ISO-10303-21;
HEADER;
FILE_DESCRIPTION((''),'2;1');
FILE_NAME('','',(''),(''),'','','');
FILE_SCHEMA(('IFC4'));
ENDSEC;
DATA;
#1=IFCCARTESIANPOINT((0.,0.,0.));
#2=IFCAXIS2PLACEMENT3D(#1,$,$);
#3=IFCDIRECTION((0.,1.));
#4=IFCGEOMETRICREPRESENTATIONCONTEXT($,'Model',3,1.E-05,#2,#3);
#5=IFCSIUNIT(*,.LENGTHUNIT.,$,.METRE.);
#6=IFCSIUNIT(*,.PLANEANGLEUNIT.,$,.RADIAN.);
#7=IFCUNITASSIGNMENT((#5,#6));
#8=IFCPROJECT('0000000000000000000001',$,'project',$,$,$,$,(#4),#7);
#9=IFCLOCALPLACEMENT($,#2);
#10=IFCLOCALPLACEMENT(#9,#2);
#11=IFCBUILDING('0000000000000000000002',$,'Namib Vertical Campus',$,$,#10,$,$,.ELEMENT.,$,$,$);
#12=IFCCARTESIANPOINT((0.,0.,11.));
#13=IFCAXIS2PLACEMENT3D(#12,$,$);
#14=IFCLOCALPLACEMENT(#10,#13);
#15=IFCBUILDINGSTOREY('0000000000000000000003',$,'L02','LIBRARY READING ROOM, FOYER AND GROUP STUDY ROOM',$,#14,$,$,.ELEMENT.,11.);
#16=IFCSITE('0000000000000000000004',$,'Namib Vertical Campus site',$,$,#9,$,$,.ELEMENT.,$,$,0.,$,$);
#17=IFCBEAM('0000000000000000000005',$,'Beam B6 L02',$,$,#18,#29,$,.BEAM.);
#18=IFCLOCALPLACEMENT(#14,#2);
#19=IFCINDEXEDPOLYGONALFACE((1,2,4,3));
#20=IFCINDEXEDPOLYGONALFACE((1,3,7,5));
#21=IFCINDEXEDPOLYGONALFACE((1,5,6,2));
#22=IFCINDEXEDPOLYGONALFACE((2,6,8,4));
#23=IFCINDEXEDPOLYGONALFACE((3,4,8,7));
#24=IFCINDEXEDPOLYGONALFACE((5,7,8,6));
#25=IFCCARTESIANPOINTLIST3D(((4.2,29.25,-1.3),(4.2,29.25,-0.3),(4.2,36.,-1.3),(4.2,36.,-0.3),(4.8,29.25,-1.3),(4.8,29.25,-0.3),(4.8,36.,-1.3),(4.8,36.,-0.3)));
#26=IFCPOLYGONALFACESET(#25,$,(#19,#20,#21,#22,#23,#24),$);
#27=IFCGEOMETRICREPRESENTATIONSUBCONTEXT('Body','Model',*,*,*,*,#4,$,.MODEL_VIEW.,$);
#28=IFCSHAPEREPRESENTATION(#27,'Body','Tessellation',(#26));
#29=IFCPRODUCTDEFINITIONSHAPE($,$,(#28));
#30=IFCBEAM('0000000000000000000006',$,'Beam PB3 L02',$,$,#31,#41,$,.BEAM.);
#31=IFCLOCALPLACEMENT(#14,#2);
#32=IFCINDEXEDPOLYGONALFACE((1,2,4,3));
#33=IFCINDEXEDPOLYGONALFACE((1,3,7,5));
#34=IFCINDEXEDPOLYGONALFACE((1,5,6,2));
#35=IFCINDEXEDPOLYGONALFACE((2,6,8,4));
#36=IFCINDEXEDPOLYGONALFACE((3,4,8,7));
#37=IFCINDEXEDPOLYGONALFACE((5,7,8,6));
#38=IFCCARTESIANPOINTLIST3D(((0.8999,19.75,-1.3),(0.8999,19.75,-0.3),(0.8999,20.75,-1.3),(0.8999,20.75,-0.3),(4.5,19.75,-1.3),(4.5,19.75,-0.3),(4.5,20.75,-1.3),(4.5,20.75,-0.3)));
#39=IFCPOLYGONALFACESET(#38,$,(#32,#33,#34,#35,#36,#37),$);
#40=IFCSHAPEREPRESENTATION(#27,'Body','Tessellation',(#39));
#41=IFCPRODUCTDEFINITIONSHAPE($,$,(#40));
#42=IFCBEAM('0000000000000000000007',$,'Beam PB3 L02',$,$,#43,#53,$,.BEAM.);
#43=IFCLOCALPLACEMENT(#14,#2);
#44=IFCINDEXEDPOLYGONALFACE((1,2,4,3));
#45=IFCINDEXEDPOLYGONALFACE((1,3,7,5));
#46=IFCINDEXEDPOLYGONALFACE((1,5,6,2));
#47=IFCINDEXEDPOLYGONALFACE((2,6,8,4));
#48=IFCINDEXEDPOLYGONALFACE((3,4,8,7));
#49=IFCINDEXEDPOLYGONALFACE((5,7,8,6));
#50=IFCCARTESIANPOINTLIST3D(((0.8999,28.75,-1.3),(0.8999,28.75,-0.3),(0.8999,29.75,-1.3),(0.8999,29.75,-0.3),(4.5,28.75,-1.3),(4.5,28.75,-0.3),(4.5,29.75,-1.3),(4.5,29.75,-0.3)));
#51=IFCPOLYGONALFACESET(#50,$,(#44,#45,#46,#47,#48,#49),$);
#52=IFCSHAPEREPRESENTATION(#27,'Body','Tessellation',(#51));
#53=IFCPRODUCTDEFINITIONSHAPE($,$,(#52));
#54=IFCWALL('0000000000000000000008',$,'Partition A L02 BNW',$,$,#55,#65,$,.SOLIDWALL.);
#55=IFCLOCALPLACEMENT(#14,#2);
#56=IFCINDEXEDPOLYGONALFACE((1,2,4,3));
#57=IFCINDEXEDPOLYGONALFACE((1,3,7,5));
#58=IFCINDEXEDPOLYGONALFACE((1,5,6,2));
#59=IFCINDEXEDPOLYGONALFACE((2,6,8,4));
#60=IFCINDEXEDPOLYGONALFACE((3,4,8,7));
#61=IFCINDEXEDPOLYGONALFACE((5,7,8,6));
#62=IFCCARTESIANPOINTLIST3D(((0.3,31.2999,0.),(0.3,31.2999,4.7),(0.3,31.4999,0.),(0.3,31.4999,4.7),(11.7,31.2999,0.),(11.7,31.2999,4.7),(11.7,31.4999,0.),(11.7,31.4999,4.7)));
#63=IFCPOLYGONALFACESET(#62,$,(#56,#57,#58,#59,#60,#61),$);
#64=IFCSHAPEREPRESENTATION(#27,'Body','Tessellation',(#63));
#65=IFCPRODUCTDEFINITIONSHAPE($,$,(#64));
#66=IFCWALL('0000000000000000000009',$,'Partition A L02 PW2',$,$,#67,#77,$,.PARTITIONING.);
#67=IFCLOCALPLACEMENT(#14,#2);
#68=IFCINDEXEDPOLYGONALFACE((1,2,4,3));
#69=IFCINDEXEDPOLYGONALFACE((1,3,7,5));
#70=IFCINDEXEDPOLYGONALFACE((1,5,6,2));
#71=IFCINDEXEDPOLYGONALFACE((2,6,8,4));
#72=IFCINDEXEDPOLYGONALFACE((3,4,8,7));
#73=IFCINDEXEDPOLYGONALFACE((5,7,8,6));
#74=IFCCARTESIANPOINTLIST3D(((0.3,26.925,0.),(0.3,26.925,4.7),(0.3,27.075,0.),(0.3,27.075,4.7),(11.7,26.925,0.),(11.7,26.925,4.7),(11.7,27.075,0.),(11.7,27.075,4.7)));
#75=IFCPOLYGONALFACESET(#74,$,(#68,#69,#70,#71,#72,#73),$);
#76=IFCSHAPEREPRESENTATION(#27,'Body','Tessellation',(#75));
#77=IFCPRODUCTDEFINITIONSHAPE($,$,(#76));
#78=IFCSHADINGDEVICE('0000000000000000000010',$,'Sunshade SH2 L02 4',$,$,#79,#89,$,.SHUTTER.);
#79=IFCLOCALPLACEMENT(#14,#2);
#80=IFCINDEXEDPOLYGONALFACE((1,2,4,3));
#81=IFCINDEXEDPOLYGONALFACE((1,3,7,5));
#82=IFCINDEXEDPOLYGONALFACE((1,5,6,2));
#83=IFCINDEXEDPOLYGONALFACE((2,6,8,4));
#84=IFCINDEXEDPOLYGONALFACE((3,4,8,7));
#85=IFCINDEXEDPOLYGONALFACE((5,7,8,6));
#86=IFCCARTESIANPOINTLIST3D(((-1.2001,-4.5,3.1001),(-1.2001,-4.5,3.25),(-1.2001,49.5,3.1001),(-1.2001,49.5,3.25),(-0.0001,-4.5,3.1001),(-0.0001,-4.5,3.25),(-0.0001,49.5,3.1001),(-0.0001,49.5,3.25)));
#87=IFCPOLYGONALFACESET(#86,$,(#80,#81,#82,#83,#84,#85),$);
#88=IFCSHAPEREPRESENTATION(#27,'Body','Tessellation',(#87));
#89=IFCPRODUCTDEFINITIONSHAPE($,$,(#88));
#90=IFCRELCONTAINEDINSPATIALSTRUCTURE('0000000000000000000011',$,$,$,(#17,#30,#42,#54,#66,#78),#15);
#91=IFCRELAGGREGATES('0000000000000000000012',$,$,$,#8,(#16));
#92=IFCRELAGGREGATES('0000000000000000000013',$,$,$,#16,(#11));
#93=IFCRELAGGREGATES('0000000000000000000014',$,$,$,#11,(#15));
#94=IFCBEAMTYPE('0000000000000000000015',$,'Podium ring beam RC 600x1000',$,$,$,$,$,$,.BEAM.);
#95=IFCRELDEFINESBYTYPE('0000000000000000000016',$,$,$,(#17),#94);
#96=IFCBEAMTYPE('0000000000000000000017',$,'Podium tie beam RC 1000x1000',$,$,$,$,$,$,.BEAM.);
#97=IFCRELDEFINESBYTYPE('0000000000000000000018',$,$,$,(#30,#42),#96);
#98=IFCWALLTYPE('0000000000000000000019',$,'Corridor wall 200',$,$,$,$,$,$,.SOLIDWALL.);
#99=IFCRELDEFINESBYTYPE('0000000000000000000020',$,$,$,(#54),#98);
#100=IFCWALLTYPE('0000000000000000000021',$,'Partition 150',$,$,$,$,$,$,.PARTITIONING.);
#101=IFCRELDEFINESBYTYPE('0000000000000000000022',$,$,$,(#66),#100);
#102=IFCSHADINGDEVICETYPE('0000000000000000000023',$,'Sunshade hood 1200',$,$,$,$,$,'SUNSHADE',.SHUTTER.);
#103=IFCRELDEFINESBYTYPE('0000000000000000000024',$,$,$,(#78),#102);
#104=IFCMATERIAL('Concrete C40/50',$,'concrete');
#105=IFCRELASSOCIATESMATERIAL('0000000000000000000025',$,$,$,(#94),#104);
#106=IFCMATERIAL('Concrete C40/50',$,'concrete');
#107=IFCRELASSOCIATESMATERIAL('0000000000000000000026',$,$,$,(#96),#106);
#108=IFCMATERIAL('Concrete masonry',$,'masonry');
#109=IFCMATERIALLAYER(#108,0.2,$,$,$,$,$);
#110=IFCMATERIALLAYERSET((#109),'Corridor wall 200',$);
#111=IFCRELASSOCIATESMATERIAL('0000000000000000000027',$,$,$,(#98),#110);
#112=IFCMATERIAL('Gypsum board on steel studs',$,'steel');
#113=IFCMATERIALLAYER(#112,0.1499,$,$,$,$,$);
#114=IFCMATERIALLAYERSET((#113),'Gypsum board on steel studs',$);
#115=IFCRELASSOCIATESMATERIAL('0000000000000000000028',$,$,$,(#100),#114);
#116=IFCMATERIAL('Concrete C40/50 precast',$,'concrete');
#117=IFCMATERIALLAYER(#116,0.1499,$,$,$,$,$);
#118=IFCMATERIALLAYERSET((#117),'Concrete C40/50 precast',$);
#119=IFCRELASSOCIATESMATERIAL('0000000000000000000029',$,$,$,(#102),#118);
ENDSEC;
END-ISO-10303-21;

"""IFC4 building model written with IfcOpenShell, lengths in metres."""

from ifc_helpers import new_model, si_unit, direction, frame, frame_2d, origin, origin_2d, place, context, subcontext, project, spatial, rectangle, extrude, material, layer, layer_set, material_profile, profile_set, type_object, element, save


model = new_model("IFC4")

# Units and contexts
model_context = context("Model", 3, precision=1e-05, world=origin(), true_north=direction((0.0, 1.0)))
body_context = subcontext(model_context, "Body", "Model", "MODEL_VIEW")
ifc_project = project(units=[si_unit("LENGTHUNIT", "METRE"), si_unit("PLANEANGLEUNIT", "RADIAN")], contexts=[model_context])

# Site, building, storey
site_placement = place(None, origin())
site = spatial("IfcSite", under=ifc_project, at=site_placement, Name="Namib Vertical Campus site", CompositionType="ELEMENT", RefElevation=0.0)
building_placement = place(site_placement, origin())
building = spatial("IfcBuilding", under=site, at=building_placement, Name="Namib Vertical Campus", CompositionType="ELEMENT")
storey_placement = place(building_placement, frame((0.0, 0.0, 11.0)))
storey = spatial("IfcBuildingStorey", under=building, at=storey_placement, Name="L02", Description="LIBRARY READING ROOM, FOYER AND GROUP STUDY ROOM", CompositionType="ELEMENT", Elevation=11.0)

# Beams
ifc_material_1 = material(Name="Concrete C40/50", Category="concrete")
ifc_material_profile_1 = material_profile(ifc_material_1, rectangle(XDim=0.6001, YDim=1.0, at=origin_2d()))
ifc_profile_set_1 = profile_set([ifc_material_profile_1], Name="Concrete C40/50")
beam_type_1 = type_object("IfcBeamType", Name="Podium ring beam RC 600x1000", PredefinedType="BEAM", material=ifc_profile_set_1)
beam_1_placement = place(storey_placement, frame((4.5, 29.25, -0.8), z_axis=(0.0, 1.0, 0.0), x_axis=(-1.0, 0.0, 0.0)))
element("IfcBeam", 1, at=beam_1_placement, inside=storey, type_object=beam_type_1, Name="Beam B6 L02", PredefinedType="BEAM", context=body_context, shape_type="SweptSolid", body=[
    extrude(rectangle(XDim=0.6001, YDim=1.0, at=origin_2d()), origin(), (0.0, 0.0, 1.0), 6.75),
])
ifc_material_2 = material(Name="Concrete C40/50", Category="concrete")
ifc_material_profile_2 = material_profile(ifc_material_2, rectangle(XDim=1.0, YDim=1.0, at=origin_2d()))
ifc_profile_set_2 = profile_set([ifc_material_profile_2], Name="Concrete C40/50")
beam_type_2 = type_object("IfcBeamType", Name="Podium tie beam RC 1000x1000", PredefinedType="BEAM", material=ifc_profile_set_2)
for number, where, z_axis, x_axis, name in (
    (2, (0.8999, 20.25, -0.8), (1.0, 0.0, 0.0), (0.0, 1.0, 0.0), "Beam PB3 L02"),
    (3, (0.8999, 29.25, -0.8), (1.0, 0.0, 0.0), (0.0, 1.0, 0.0), "Beam PB3 L02"),
):
    element("IfcBeam", number, at=place(storey_placement, frame(where, z_axis=z_axis, x_axis=x_axis)), inside=storey, type_object=beam_type_2, Name=name, PredefinedType="BEAM", context=body_context, shape_type="SweptSolid", body=[
        extrude(rectangle(XDim=1.0, YDim=1.0, at=origin_2d()), origin(), (0.0, 0.0, 1.0), 3.6001),
    ])

# Walls
ifc_material_3 = material(Name="Concrete masonry", Category="masonry")
ifc_layer_1 = layer(ifc_material_3, 0.2)
ifc_layer_set_1 = layer_set([ifc_layer_1], Name="Corridor wall 200")
wall_type_1 = type_object("IfcWallType", Name="Corridor wall 200", PredefinedType="SOLIDWALL", material=ifc_layer_set_1)
wall_1_placement = place(storey_placement, frame((0.3, 31.3999, 0.0), z_axis=(0.0, 0.0, 1.0), x_axis=(1.0, 0.0, 0.0)))
element("IfcWall", 4, at=wall_1_placement, inside=storey, type_object=wall_type_1, Name="Partition A L02 BNW", PredefinedType="SOLIDWALL", context=body_context, shape_type="SweptSolid", body=[
    extrude(rectangle(XDim=11.3999, YDim=0.2, at=frame_2d((5.7, 0.0))), origin(), (0.0, 0.0, 1.0), 4.7),
])
ifc_material_4 = material(Name="Gypsum board on steel studs", Category="steel")
ifc_layer_2 = layer(ifc_material_4, 0.1499)
ifc_layer_set_2 = layer_set([ifc_layer_2], Name="Gypsum board on steel studs")
wall_type_2 = type_object("IfcWallType", Name="Partition 150", PredefinedType="PARTITIONING", material=ifc_layer_set_2)
wall_2_placement = place(storey_placement, frame((0.3, 27.0, 0.0), z_axis=(0.0, 0.0, 1.0), x_axis=(1.0, 0.0, 0.0)))
element("IfcWall", 5, at=wall_2_placement, inside=storey, type_object=wall_type_2, Name="Partition A L02 PW2", PredefinedType="PARTITIONING", context=body_context, shape_type="SweptSolid", body=[
    extrude(rectangle(XDim=11.3999, YDim=0.1499, at=frame_2d((5.7, 0.0))), origin(), (0.0, 0.0, 1.0), 4.7),
])

# Shading device
ifc_material_5 = material(Name="Concrete C40/50 precast", Category="concrete")
ifc_layer_3 = layer(ifc_material_5, 0.1499)
ifc_layer_set_3 = layer_set([ifc_layer_3], Name="Concrete C40/50 precast")
shading_device_type = type_object("IfcShadingDeviceType", Name="Sunshade hood 1200", ElementType="SUNSHADE", PredefinedType="SHUTTER", material=ifc_layer_set_3)
shading_device_placement = place(storey_placement, frame((-0.6001, 22.5, 3.1001), z_axis=(0.0, 0.0, 1.0), x_axis=(0.0, -1.0, 0.0)))
element("IfcShadingDevice", 6, at=shading_device_placement, inside=storey, type_object=shading_device_type, Name="Sunshade SH2 L02 4", PredefinedType="SHUTTER", context=body_context, shape_type="SweptSolid", body=[
    extrude(rectangle(XDim=54.0, YDim=1.2, at=origin_2d()), origin(), (0.0, 0.0, 1.0), 0.1499),
])

save(model, "model.ifc")
